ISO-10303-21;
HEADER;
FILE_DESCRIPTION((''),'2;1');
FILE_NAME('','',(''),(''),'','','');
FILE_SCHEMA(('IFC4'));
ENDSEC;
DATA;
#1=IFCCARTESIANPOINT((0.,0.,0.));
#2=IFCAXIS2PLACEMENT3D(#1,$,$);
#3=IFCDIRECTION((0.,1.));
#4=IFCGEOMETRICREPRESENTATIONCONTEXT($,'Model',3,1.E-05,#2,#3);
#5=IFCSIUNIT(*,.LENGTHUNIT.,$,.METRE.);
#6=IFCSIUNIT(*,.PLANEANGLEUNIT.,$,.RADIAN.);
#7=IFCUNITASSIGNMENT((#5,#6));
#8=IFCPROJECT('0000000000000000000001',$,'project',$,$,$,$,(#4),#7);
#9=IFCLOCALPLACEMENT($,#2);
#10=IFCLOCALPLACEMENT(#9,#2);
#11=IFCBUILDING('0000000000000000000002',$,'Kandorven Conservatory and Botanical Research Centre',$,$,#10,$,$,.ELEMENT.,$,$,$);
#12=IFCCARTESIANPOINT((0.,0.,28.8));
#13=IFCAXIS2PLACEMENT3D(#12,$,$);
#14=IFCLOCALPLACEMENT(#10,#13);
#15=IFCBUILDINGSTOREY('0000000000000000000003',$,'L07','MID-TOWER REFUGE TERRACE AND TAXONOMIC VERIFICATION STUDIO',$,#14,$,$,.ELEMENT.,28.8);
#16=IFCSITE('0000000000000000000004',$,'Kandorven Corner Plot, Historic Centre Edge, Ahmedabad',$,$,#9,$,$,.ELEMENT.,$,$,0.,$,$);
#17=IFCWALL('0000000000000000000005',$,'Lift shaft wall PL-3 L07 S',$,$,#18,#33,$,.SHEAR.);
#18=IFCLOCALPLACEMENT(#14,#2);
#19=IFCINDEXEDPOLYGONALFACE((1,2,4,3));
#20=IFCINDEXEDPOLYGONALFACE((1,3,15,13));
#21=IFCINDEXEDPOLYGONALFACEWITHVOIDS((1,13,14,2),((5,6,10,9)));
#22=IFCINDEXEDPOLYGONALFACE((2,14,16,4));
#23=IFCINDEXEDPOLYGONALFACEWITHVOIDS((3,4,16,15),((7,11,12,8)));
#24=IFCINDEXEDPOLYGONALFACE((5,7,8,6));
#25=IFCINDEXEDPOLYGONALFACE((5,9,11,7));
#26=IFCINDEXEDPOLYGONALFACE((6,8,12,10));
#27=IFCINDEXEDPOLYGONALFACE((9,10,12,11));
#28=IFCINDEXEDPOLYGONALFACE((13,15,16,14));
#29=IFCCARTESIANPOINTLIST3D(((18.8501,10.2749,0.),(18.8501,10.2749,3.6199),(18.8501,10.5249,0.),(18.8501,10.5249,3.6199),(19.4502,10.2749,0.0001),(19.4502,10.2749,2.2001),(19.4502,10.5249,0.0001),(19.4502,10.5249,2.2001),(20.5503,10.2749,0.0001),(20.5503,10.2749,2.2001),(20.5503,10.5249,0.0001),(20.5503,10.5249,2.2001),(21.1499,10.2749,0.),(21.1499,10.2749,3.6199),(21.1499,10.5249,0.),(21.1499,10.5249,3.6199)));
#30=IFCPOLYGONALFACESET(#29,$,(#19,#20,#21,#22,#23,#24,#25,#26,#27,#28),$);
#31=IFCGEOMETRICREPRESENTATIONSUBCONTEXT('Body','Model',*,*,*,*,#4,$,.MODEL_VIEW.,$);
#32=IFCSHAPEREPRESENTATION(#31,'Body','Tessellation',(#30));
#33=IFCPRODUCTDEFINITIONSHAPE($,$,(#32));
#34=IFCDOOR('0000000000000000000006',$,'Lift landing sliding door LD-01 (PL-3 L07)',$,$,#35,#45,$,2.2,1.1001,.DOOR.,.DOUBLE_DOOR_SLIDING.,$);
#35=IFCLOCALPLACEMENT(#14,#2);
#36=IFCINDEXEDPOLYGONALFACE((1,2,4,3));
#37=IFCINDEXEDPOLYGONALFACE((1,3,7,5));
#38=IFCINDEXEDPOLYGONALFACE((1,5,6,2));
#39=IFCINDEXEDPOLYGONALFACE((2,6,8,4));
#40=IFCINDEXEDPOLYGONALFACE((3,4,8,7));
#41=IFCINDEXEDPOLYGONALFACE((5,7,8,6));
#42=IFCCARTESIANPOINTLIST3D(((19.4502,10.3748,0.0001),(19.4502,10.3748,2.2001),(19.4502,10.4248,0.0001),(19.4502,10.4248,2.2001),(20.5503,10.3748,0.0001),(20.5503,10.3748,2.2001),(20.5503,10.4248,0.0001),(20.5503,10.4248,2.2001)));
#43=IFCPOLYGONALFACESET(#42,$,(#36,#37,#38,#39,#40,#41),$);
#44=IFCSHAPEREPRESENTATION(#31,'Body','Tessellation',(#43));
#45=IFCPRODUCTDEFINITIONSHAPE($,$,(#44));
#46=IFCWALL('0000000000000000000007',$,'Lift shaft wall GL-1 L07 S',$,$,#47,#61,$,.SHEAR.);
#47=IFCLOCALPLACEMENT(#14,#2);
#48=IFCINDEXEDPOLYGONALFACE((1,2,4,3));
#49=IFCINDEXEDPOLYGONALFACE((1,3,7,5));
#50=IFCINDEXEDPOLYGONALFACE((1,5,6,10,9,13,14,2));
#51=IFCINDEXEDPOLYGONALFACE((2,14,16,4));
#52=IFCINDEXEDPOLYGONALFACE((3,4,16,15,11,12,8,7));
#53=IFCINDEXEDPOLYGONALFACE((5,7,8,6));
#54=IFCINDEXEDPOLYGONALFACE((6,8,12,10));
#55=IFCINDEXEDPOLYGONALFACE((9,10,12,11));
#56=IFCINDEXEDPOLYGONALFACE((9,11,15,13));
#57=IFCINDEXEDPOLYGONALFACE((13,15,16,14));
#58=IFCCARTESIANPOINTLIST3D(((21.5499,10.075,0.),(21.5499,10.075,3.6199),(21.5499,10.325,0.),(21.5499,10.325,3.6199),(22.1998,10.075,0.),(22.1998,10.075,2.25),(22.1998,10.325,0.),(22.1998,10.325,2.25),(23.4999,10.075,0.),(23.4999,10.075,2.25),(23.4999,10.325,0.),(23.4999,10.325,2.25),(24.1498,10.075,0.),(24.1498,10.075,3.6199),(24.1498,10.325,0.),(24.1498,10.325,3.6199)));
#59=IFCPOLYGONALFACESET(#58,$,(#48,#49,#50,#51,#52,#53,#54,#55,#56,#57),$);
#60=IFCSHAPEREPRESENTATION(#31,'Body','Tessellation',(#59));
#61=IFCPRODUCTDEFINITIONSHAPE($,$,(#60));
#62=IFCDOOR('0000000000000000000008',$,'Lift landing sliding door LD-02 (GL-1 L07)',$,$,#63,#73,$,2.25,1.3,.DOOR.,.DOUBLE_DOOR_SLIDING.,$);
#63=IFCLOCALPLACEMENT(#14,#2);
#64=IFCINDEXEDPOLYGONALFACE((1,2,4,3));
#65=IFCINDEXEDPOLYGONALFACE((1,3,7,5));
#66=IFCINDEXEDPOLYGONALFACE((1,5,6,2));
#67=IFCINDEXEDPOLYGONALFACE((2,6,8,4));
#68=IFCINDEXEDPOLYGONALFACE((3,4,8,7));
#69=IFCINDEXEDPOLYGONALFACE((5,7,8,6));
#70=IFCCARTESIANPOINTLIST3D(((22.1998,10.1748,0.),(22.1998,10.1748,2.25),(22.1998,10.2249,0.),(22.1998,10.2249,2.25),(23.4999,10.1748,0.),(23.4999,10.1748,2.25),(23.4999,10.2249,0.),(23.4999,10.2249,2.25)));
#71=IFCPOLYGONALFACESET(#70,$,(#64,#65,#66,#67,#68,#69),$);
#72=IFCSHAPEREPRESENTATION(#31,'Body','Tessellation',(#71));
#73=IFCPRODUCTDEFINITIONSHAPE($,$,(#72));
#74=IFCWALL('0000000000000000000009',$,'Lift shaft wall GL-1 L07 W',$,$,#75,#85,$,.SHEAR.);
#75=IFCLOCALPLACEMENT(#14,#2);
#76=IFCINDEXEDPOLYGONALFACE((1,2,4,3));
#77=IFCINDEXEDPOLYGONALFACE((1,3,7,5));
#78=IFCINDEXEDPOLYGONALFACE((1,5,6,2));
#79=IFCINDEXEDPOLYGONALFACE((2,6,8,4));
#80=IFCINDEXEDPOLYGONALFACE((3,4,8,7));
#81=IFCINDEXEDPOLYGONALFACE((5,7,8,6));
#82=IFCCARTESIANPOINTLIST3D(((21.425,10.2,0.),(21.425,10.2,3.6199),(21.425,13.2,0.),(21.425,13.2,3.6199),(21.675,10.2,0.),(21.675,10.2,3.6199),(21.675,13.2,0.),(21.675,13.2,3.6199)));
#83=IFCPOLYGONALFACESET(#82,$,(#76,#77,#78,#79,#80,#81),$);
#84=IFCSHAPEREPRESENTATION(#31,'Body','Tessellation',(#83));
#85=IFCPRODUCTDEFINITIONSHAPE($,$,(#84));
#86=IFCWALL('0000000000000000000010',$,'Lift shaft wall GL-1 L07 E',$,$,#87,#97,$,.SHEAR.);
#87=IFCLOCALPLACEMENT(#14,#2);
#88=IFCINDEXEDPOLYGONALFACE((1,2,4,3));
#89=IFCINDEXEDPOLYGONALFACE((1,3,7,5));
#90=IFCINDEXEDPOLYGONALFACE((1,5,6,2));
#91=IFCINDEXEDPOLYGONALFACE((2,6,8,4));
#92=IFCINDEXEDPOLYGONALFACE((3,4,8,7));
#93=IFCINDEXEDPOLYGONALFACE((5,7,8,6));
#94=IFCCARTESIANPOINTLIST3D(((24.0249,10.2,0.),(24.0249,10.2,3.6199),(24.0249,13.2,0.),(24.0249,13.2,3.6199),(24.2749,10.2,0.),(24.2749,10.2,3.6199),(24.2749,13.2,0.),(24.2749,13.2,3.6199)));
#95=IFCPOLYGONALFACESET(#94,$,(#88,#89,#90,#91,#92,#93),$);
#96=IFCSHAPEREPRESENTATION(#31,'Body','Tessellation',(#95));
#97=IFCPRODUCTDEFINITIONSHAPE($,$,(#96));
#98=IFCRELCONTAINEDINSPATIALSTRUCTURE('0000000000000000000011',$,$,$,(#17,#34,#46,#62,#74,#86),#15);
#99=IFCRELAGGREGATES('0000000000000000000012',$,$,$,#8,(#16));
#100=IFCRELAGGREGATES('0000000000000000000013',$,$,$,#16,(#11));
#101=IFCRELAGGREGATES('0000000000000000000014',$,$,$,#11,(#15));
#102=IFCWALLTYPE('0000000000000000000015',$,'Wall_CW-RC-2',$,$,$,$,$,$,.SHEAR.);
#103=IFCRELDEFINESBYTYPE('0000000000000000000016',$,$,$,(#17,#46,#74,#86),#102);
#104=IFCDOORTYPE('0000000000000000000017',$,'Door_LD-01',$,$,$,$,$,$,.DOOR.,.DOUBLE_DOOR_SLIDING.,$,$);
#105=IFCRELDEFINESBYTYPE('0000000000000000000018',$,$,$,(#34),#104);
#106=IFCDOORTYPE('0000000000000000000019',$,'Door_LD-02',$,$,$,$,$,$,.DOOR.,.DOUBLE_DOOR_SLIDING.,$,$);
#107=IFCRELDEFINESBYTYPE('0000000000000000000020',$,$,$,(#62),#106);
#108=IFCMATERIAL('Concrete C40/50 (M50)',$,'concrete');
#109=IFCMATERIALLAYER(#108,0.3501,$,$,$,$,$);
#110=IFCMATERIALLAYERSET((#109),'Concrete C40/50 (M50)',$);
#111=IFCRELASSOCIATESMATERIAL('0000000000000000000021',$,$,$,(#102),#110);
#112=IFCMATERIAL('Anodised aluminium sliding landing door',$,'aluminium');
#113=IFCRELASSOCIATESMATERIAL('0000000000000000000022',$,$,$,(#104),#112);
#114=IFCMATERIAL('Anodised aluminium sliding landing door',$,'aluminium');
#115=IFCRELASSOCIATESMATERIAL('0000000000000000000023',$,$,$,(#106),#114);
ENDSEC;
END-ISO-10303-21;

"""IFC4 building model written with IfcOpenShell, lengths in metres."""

from ifc_helpers import new_model, si_unit, direction, frame, frame_2d, origin, place, context, subcontext, project, spatial, rectangle, extrude, material, layer, layer_set, type_object, element, fill, save


model = new_model("IFC4")

# Units and contexts
model_context = context("Model", 3, precision=1e-05, world=origin(), true_north=direction((0.0, 1.0)))
body_context = subcontext(model_context, "Body", "Model", "MODEL_VIEW")
ifc_project = project(units=[si_unit("LENGTHUNIT", "METRE"), si_unit("PLANEANGLEUNIT", "RADIAN")], contexts=[model_context])

# Site, building, storey
site_placement = place(None, origin())
site = spatial("IfcSite", under=ifc_project, at=site_placement, Name="Kandorven Corner Plot, Historic Centre Edge, Ahmedabad", CompositionType="ELEMENT", RefElevation=0.0)
building_placement = place(site_placement, origin())
building = spatial("IfcBuilding", under=site, at=building_placement, Name="Kandorven Conservatory and Botanical Research Centre", CompositionType="ELEMENT")
storey_placement = place(building_placement, frame((0.0, 0.0, 28.8)))
storey = spatial("IfcBuildingStorey", under=building, at=storey_placement, Name="L07", Description="MID-TOWER REFUGE TERRACE AND TAXONOMIC VERIFICATION STUDIO", CompositionType="ELEMENT", Elevation=28.8)

# Shared definitions
ifc_material_1 = material(Name="Concrete C40/50 (M50)", Category="concrete")
ifc_layer_1 = layer(ifc_material_1, 0.3501)
ifc_layer_set_1 = layer_set([ifc_layer_1], Name="Concrete C40/50 (M50)")
wall_type = type_object("IfcWallType", Name="Wall_CW-RC-2", PredefinedType="SHEAR", material=ifc_layer_set_1)

# Walls, openings, doors
wall_1_placement = place(storey_placement, frame((18.8501, 10.3999, 0.0), z_axis=(0.0, 0.0, 1.0), x_axis=(1.0, 0.0, 0.0)))
wall_1 = element("IfcWall", 1, at=wall_1_placement, inside=storey, type_object=wall_type, Name="Lift shaft wall PL-3 L07 S", PredefinedType="SHEAR", context=body_context, shape_type="SweptSolid", body=[
    extrude(rectangle(XDim=2.2998, YDim=0.25, at=frame_2d((1.1499, 0.0))), origin(), (0.0, 0.0, 1.0), 3.6199),
])
opening_1_placement = place(wall_1_placement, frame((0.6001, 0.0, 0.0)))
opening_1 = element("IfcOpeningElement", 2, at=opening_1_placement, cuts=wall_1, PredefinedType="OPENING", context=body_context, shape_type="SweptSolid", body=[
    extrude(rectangle(XDim=1.1001, YDim=2.2, at=frame_2d((0.55, 1.1001))), frame((0.0, 0.135, 0.0), z_axis=(0.0, -1.0, 0.0), x_axis=(1.0, 0.0, 0.0)), (0.0, 0.0, 1.0), 0.27),
])
ifc_material_2 = material(Name="Anodised aluminium sliding landing door", Category="aluminium")
door_type_1 = type_object("IfcDoorType", Name="Door_LD-01", OperationType="DOUBLE_DOOR_SLIDING", PredefinedType="DOOR", material=ifc_material_2)
door_1_placement = place(opening_1_placement, origin())
door_1 = element("IfcDoor", 3, at=door_1_placement, inside=storey, type_object=door_type_1, Name="Lift landing sliding door LD-01 (PL-3 L07)", OperationType="DOUBLE_DOOR_SLIDING", OverallHeight=2.2, OverallWidth=1.1001, PredefinedType="DOOR", context=body_context, shape_type="SweptSolid", body=[
    extrude(rectangle(XDim=1.1001, YDim=2.2, at=frame_2d((0.55, 1.1001))), frame((0.0, 0.0249, 0.0), z_axis=(0.0, -1.0, 0.0), x_axis=(1.0, 0.0, 0.0)), (0.0, 0.0, 1.0), 0.05),
])
fill(opening_1, door_1)
wall_2_placement = place(storey_placement, frame((21.55, 10.2, 0.0), z_axis=(0.0, 0.0, 1.0), x_axis=(1.0, 0.0, 0.0)))
wall_2 = element("IfcWall", 4, at=wall_2_placement, inside=storey, type_object=wall_type, Name="Lift shaft wall GL-1 L07 S", PredefinedType="SHEAR", context=body_context, shape_type="SweptSolid", body=[
    extrude(rectangle(XDim=2.5999, YDim=0.25, at=frame_2d((1.2998, 0.0))), origin(), (0.0, 0.0, 1.0), 3.6199),
])
opening_2_placement = place(wall_2_placement, frame((0.6499, 0.0, 0.0)))
opening_2 = element("IfcOpeningElement", 5, at=opening_2_placement, cuts=wall_2, PredefinedType="OPENING", context=body_context, shape_type="SweptSolid", body=[
    extrude(rectangle(XDim=1.3, YDim=2.25, at=frame_2d((0.6499, 1.125))), frame((0.0, 0.135, 0.0), z_axis=(0.0, -1.0, 0.0), x_axis=(1.0, 0.0, 0.0)), (0.0, 0.0, 1.0), 0.27),
])
ifc_material_3 = material(Name="Anodised aluminium sliding landing door", Category="aluminium")
door_type_2 = type_object("IfcDoorType", Name="Door_LD-02", OperationType="DOUBLE_DOOR_SLIDING", PredefinedType="DOOR", material=ifc_material_3)
door_2_placement = place(opening_2_placement, origin())
door_2 = element("IfcDoor", 6, at=door_2_placement, inside=storey, type_object=door_type_2, Name="Lift landing sliding door LD-02 (GL-1 L07)", OperationType="DOUBLE_DOOR_SLIDING", OverallHeight=2.25, OverallWidth=1.3, PredefinedType="DOOR", context=body_context, shape_type="SweptSolid", body=[
    extrude(rectangle(XDim=1.3, YDim=2.25, at=frame_2d((0.6499, 1.125))), frame((0.0, 0.0249, 0.0), z_axis=(0.0, -1.0, 0.0), x_axis=(1.0, 0.0, 0.0)), (0.0, 0.0, 1.0), 0.05),
])
fill(opening_2, door_2)

# Walls
for number, where, z_axis, x_axis, name in (
    (7, (21.55, 10.2, 0.0), (0.0, 0.0, 1.0), (0.0, 1.0, 0.0), "Lift shaft wall GL-1 L07 W"),
    (8, (24.1499, 10.2, 0.0), (0.0, 0.0, 1.0), (0.0, 1.0, 0.0), "Lift shaft wall GL-1 L07 E"),
):
    element("IfcWall", number, at=place(storey_placement, frame(where, z_axis=z_axis, x_axis=x_axis)), inside=storey, type_object=wall_type, Name=name, PredefinedType="SHEAR", context=body_context, shape_type="SweptSolid", body=[
        extrude(rectangle(XDim=3.0, YDim=0.25, at=frame_2d((1.5, 0.0))), origin(), (0.0, 0.0, 1.0), 3.6199),
    ])

save(model, "model.ifc")
